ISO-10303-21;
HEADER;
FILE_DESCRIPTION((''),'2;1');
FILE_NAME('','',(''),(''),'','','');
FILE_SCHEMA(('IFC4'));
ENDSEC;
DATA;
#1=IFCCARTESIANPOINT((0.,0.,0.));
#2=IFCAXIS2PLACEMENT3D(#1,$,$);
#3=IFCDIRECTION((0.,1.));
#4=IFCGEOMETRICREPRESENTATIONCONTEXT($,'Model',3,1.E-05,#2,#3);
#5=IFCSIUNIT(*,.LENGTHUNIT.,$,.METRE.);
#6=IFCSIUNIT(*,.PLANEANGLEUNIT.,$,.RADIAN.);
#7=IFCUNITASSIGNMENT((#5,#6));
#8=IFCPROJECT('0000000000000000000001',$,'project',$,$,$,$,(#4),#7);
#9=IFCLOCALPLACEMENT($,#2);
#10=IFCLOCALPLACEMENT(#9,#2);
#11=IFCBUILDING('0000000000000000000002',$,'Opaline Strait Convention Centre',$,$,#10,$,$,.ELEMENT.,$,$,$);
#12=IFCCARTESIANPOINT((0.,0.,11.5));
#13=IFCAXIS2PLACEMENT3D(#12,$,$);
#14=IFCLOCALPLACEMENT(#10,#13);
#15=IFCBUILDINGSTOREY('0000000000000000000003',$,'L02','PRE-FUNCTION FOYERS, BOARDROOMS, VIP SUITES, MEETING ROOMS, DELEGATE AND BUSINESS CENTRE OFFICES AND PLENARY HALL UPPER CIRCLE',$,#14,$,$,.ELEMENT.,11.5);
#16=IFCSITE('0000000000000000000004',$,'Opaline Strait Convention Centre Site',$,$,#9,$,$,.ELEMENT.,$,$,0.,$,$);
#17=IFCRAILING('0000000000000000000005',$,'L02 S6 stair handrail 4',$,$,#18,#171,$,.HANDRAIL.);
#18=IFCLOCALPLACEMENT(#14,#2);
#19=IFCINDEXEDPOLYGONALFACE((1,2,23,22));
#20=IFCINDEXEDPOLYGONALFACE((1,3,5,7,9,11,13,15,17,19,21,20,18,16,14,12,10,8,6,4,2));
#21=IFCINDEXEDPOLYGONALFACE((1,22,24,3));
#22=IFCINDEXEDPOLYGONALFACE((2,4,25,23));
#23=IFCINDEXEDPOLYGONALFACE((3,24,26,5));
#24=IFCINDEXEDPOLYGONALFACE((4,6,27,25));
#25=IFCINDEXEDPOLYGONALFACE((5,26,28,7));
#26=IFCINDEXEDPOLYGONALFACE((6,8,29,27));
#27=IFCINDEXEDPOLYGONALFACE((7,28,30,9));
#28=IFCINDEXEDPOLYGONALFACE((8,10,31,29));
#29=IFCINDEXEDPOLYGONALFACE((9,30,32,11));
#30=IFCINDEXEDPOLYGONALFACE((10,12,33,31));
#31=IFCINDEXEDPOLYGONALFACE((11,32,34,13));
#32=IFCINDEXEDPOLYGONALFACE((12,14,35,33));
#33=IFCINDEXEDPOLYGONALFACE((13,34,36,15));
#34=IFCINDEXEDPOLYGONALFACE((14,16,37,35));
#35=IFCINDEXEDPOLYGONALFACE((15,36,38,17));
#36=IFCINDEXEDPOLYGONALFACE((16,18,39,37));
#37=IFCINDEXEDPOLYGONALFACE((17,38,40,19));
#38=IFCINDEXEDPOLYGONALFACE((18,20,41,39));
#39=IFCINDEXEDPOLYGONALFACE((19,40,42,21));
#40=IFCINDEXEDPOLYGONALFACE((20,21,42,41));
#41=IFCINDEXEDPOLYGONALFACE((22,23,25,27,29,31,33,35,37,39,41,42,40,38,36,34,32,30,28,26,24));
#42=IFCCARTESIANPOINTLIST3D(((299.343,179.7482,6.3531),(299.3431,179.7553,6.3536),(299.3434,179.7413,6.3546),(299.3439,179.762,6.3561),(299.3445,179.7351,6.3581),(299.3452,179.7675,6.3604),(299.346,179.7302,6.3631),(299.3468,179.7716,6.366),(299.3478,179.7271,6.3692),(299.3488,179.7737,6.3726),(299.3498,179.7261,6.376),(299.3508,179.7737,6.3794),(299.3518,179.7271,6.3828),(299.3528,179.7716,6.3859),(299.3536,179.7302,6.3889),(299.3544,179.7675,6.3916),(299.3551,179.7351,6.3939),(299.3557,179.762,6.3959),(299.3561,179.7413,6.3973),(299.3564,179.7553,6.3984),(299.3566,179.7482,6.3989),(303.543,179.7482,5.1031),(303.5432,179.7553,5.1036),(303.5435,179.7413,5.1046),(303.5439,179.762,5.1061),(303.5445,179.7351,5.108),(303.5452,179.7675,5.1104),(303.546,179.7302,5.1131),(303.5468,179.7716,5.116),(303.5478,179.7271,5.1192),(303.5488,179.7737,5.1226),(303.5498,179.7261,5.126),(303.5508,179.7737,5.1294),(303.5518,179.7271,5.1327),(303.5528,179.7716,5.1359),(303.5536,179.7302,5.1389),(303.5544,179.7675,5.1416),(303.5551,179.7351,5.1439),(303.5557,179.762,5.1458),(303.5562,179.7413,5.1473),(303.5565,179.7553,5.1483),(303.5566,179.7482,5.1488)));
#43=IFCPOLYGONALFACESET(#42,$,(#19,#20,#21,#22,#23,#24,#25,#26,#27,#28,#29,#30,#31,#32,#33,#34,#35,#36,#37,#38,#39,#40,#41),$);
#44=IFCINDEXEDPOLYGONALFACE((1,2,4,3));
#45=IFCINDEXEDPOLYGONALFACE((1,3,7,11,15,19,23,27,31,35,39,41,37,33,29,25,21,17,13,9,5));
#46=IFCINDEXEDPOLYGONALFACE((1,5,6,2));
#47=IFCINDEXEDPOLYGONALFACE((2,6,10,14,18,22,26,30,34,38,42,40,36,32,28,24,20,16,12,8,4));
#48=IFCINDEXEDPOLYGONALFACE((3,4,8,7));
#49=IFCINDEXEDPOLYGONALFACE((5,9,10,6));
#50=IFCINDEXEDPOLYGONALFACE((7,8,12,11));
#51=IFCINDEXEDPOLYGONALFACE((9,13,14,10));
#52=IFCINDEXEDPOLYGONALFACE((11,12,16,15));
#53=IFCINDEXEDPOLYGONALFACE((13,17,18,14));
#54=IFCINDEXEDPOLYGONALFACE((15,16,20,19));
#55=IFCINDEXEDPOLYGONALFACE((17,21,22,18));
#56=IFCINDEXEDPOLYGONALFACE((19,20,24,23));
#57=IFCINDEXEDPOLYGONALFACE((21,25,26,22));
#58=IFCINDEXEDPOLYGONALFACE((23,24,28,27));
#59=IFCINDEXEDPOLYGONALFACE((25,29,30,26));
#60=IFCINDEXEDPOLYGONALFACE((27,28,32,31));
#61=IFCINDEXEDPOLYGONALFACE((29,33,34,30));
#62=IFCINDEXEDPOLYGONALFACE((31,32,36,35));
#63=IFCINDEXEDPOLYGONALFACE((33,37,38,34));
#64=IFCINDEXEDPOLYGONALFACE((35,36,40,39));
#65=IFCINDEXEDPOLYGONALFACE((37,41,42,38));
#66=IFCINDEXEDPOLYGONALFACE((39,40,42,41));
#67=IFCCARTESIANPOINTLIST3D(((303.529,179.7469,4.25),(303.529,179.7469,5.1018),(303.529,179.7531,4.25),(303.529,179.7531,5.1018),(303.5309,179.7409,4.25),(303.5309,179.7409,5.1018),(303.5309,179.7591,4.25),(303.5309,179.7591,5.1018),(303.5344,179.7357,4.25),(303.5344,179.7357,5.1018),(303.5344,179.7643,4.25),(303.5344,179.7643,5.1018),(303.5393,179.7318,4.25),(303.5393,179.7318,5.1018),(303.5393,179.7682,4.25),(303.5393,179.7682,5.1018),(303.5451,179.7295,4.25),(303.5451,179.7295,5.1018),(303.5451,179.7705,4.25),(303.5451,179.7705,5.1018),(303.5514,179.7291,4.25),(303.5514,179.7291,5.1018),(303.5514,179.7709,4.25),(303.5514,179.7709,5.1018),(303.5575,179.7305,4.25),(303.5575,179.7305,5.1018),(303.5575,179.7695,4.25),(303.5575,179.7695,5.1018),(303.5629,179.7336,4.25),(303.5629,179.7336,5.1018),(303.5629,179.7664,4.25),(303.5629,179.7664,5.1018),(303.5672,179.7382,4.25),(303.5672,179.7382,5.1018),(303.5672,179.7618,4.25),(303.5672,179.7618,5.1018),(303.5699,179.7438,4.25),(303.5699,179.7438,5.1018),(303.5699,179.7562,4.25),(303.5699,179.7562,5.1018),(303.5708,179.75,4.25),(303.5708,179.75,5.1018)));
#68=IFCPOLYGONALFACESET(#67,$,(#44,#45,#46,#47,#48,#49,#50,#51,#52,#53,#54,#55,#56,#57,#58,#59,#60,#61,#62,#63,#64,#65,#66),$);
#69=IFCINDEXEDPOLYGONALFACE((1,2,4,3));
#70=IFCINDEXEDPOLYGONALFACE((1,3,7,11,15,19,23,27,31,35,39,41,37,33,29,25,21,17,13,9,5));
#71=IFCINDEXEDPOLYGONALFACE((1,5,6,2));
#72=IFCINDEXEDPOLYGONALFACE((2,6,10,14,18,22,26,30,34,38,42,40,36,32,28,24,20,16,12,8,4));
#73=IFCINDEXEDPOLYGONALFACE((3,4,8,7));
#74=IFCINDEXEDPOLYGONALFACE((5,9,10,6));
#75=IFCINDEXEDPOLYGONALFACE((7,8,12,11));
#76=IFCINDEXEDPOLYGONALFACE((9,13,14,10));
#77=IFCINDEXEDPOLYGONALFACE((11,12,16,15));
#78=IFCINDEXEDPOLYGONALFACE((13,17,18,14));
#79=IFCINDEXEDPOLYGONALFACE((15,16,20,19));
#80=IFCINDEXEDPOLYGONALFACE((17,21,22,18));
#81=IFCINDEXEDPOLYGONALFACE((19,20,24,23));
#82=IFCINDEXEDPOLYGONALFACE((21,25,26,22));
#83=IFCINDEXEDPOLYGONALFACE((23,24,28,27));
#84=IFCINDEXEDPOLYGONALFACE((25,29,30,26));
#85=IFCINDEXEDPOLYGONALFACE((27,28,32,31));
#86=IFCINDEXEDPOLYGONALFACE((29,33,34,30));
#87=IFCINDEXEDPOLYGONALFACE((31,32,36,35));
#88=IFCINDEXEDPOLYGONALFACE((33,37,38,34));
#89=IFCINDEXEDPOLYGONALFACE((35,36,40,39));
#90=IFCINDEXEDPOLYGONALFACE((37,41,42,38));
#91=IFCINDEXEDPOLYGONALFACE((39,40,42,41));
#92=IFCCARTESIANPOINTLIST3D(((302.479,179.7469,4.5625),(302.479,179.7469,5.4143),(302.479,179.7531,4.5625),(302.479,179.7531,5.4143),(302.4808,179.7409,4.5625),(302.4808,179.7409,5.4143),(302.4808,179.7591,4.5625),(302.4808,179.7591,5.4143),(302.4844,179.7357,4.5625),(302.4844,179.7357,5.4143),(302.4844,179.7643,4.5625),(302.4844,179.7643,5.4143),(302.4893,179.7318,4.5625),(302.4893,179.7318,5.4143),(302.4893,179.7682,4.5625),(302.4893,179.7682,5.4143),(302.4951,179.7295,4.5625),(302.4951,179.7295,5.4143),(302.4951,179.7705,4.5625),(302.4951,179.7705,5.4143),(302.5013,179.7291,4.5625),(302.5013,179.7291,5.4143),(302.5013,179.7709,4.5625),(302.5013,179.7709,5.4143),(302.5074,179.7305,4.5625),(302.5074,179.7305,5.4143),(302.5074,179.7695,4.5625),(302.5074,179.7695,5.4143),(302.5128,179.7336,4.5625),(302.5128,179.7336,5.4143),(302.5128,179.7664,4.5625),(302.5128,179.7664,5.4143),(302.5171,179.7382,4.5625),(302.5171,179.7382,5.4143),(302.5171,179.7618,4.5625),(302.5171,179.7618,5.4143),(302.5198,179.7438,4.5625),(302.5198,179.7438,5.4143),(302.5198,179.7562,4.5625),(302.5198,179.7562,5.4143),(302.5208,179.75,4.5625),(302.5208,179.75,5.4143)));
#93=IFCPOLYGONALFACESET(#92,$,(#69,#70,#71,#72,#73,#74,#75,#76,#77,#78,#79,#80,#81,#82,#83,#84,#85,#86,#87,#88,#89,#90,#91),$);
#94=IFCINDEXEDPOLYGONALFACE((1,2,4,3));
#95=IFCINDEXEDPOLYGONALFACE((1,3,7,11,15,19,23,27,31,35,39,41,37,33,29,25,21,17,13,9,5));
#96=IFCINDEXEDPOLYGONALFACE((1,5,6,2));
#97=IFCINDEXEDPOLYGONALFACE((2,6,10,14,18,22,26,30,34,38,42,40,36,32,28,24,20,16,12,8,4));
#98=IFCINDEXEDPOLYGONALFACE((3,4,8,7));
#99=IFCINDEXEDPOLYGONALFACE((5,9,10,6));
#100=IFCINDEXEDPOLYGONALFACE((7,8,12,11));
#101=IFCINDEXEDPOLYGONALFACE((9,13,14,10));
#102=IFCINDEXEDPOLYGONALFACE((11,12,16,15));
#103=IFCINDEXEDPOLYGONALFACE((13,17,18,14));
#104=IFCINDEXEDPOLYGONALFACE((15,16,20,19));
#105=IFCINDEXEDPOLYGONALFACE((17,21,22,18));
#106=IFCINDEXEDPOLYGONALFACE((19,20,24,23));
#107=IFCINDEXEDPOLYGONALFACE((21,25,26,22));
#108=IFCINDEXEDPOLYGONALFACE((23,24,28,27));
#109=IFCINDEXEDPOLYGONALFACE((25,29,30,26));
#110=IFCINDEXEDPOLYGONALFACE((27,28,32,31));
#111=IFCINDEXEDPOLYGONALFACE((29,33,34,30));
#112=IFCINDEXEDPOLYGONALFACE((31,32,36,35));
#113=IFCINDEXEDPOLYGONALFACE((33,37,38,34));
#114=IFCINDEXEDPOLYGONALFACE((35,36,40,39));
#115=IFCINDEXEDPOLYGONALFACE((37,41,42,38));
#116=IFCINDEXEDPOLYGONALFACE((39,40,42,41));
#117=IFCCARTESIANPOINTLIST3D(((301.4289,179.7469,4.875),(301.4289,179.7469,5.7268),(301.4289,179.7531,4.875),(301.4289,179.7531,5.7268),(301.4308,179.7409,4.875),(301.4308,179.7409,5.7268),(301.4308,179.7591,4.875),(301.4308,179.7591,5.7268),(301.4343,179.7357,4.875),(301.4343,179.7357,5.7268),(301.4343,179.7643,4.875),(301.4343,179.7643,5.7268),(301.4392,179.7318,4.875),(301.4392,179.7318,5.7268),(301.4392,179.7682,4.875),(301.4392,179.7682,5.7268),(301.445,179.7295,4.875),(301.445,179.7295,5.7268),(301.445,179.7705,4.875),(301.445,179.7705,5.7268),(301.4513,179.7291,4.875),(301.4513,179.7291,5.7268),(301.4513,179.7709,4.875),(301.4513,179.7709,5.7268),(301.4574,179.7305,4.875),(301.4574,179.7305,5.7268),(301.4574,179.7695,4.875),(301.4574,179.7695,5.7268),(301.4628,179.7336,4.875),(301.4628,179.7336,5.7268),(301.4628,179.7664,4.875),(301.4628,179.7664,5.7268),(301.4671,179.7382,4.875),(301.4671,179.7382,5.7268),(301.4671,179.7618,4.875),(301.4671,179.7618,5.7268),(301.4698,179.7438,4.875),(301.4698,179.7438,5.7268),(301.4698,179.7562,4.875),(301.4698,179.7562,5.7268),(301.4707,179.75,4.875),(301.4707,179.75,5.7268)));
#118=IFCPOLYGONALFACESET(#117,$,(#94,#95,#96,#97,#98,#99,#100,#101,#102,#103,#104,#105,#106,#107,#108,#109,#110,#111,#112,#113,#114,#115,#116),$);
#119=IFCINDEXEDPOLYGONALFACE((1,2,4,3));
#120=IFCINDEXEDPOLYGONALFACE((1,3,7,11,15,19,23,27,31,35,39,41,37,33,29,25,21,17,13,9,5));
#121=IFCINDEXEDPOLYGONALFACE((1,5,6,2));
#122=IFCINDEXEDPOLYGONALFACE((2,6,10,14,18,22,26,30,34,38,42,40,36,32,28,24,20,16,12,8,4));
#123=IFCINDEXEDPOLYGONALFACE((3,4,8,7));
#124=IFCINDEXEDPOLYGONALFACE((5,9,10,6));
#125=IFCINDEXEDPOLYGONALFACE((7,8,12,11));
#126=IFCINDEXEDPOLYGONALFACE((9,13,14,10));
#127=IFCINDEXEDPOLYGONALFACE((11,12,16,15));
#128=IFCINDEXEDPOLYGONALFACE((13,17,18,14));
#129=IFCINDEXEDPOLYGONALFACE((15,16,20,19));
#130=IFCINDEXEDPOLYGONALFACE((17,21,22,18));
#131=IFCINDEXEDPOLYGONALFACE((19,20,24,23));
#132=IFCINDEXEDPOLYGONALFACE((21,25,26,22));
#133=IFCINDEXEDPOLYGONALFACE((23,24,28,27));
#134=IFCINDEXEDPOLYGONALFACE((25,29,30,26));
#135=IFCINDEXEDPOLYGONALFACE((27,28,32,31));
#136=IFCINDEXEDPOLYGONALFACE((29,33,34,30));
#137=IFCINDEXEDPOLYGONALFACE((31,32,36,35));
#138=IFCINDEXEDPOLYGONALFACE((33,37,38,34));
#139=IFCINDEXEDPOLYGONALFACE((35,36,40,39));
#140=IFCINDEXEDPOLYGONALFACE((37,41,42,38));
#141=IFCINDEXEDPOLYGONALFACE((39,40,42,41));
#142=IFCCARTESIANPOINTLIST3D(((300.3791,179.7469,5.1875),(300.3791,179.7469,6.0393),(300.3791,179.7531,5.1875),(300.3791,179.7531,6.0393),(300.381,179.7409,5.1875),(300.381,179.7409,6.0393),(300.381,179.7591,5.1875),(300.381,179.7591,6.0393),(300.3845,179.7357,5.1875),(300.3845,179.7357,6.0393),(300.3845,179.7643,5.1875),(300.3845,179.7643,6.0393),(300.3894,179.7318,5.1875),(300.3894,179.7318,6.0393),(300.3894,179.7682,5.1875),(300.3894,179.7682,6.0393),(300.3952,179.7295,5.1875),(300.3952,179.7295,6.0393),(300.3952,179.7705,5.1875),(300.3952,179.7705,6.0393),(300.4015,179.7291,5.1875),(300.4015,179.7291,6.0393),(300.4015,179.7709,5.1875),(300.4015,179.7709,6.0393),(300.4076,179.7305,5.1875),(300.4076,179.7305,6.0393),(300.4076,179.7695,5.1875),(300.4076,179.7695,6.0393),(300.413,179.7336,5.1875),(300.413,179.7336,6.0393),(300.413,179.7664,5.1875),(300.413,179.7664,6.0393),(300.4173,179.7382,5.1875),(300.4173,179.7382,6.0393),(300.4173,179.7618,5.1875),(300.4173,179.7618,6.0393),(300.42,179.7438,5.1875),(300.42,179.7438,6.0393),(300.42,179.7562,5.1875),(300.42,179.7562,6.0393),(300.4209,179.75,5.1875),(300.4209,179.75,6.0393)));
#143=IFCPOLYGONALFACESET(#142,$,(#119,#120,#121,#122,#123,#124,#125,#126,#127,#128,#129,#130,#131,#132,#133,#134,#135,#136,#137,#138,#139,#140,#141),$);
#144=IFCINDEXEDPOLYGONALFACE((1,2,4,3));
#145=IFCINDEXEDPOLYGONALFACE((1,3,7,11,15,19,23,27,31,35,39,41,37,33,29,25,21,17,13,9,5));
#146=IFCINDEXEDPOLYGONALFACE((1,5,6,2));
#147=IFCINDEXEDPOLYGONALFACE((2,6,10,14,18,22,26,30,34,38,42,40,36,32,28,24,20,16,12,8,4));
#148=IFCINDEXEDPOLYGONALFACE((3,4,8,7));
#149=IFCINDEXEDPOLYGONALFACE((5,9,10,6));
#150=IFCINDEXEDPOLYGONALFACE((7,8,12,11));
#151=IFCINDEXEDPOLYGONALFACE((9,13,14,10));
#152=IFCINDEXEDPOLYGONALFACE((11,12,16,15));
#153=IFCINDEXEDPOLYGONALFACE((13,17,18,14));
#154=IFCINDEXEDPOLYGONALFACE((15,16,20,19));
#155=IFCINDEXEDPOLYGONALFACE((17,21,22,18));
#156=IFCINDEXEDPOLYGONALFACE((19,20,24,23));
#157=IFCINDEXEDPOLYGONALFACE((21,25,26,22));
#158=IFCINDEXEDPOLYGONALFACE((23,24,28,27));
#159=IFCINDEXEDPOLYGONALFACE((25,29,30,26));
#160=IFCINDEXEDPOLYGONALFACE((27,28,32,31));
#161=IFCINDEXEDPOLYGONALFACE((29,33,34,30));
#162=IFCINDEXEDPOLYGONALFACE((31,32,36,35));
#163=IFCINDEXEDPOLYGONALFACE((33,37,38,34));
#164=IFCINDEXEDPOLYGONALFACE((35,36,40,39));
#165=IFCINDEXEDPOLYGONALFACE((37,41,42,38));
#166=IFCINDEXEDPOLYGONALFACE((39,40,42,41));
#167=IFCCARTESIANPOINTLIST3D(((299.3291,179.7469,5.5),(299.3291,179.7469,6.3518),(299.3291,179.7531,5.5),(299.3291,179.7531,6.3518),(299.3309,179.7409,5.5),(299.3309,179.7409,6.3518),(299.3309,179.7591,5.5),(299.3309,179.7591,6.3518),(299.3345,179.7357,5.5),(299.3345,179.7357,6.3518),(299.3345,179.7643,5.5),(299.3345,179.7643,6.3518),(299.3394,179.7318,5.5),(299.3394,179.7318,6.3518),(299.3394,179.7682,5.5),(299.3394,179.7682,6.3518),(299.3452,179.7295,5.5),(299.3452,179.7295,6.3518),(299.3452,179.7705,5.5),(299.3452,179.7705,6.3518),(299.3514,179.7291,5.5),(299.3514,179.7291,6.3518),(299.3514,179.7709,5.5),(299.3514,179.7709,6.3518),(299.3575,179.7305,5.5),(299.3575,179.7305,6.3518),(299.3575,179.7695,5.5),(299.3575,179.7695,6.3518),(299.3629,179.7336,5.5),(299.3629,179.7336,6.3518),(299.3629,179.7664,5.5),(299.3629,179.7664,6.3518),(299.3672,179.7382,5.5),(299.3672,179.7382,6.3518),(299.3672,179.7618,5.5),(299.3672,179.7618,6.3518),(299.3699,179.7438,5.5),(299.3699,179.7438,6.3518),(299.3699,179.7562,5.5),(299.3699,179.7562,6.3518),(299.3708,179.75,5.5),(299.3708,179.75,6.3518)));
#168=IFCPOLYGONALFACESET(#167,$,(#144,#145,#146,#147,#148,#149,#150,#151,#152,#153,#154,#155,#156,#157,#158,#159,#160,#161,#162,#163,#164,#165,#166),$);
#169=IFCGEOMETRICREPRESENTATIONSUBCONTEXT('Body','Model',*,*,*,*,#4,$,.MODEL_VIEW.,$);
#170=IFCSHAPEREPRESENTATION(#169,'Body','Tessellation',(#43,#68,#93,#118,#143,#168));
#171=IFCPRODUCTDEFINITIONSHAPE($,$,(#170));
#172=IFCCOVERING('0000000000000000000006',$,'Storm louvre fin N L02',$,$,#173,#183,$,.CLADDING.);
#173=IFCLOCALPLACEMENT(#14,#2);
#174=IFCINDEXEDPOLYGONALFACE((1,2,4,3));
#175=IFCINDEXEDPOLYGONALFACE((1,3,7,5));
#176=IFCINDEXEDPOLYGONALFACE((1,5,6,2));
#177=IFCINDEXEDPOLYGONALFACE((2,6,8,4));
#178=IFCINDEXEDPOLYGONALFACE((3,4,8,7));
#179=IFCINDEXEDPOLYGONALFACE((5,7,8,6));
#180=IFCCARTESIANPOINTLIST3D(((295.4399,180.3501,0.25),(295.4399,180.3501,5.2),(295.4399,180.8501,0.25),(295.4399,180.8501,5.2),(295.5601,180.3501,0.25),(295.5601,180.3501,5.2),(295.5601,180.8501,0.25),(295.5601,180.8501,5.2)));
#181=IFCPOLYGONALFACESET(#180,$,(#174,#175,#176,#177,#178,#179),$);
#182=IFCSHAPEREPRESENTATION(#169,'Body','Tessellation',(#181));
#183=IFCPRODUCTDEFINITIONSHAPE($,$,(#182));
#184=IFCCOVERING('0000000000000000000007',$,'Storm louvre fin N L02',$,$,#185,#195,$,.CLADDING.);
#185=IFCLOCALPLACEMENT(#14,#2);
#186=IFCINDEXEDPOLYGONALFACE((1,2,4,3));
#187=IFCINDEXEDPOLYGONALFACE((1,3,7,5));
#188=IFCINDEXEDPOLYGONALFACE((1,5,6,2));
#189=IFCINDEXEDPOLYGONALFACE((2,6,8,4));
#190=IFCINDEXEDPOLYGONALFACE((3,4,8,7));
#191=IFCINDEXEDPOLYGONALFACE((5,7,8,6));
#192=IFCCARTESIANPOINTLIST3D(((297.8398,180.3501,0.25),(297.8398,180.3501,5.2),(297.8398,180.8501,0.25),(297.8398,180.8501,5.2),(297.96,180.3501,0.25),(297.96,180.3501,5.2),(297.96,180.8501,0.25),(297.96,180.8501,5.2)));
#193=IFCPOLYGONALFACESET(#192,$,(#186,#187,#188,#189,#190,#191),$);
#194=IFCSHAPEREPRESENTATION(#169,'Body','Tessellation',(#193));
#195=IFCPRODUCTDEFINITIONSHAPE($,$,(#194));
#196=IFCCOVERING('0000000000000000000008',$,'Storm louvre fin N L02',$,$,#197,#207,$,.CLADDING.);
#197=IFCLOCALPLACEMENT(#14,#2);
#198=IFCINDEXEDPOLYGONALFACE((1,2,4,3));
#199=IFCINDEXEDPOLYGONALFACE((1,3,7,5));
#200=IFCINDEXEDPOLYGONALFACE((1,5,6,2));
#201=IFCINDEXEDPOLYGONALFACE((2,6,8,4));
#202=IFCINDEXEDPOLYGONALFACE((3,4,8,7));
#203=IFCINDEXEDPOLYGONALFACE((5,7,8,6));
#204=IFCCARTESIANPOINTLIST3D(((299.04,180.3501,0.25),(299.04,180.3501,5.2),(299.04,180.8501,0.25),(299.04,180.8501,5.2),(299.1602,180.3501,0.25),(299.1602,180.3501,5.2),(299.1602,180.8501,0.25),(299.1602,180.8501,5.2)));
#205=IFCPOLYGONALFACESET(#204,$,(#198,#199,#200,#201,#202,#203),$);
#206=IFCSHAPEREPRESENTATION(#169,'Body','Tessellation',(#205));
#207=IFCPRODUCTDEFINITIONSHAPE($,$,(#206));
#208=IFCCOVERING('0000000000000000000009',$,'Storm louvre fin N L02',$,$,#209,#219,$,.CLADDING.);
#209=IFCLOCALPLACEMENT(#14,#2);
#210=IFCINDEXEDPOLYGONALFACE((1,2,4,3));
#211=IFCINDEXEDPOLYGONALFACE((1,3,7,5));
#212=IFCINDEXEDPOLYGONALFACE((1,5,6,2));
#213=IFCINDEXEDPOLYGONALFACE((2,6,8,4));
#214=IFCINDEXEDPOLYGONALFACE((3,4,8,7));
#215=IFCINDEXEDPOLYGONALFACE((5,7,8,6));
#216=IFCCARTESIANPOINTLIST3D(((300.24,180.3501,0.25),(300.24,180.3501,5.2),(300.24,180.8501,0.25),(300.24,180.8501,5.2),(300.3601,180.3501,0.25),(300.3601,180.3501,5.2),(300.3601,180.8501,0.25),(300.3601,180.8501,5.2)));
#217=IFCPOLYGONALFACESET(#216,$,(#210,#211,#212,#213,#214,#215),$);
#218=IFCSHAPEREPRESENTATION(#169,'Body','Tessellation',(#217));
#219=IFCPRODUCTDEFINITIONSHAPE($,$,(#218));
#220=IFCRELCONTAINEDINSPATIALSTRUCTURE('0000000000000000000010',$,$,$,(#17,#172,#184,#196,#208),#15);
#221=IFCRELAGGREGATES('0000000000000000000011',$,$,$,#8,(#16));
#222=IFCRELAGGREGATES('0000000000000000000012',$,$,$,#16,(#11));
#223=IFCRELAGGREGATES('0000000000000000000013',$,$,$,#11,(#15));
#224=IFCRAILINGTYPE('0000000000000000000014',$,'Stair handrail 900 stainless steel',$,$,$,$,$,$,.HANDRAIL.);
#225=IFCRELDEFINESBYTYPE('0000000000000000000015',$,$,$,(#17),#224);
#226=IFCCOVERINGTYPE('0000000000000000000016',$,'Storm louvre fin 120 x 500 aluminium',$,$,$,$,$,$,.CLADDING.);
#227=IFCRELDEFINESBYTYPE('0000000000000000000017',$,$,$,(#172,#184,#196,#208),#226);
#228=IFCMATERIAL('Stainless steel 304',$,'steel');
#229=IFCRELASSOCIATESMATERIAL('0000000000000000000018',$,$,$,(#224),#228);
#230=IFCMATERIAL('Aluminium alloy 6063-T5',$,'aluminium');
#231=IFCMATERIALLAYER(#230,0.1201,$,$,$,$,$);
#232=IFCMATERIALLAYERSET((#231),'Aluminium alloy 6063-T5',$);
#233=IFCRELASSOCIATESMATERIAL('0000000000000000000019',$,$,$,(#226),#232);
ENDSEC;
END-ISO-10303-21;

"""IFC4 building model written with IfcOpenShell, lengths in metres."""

from ifc_helpers import new_model, si_unit, direction, frame, origin, origin_2d, place, context, subcontext, project, spatial, rectangle, circle, extrude, material, layer, layer_set, type_object, element, save


model = new_model("IFC4")

# Units and contexts
model_context = context("Model", 3, precision=1e-05, world=origin(), true_north=direction((0.0, 1.0)))
body_context = subcontext(model_context, "Body", "Model", "MODEL_VIEW")
ifc_project = project(units=[si_unit("LENGTHUNIT", "METRE"), si_unit("PLANEANGLEUNIT", "RADIAN")], contexts=[model_context])

# Site, building, storey
site_placement = place(None, origin())
site = spatial("IfcSite", under=ifc_project, at=site_placement, Name="Opaline Strait Convention Centre Site", CompositionType="ELEMENT", RefElevation=0.0)
building_placement = place(site_placement, origin())
building = spatial("IfcBuilding", under=site, at=building_placement, Name="Opaline Strait Convention Centre", CompositionType="ELEMENT")
storey_placement = place(building_placement, frame((0.0, 0.0, 11.5)))
storey = spatial("IfcBuildingStorey", under=building, at=storey_placement, Name="L02", Description="PRE-FUNCTION FOYERS, BOARDROOMS, VIP SUITES, MEETING ROOMS, DELEGATE AND BUSINESS CENTRE OFFICES AND PLENARY HALL UPPER CIRCLE", CompositionType="ELEMENT", Elevation=11.5)

# Railing
ifc_material_1 = material(Name="Stainless steel 304", Category="steel")
railing_type_1 = type_object("IfcRailingType", Name="Stair handrail 900 stainless steel", PredefinedType="HANDRAIL", material=ifc_material_1)
for number, where, name in (
    (1, (303.5498, 179.75, 4.25), "L02 S6 stair handrail 4"),
):
    element("IfcRailing", number, at=place(storey_placement, frame(where)), inside=storey, type_object=railing_type_1, Name=name, PredefinedType="HANDRAIL", context=body_context, shape_type="SweptSolid", body=[
        extrude(circle(Radius=0.0239, at=origin_2d()), frame((0.0, 0.0, 0.876), z_axis=(-0.958451, 0.0, 0.285257), x_axis=(0.0, -1.0, 0.0)), (0.0, 0.0, 1.0), 4.3821),
        extrude(circle(Radius=0.021, at=origin_2d()), origin(), (0.0, 0.0, 1.0), 0.8518),
        extrude(circle(Radius=0.021, at=origin_2d()), frame((-1.05, 0.0, 0.3125)), (0.0, 0.0, 1.0), 0.8518),
        extrude(circle(Radius=0.021, at=origin_2d()), frame((-2.1001, 0.0, 0.625)), (0.0, 0.0, 1.0), 0.8518),
        extrude(circle(Radius=0.021, at=origin_2d()), frame((-3.1499, 0.0, 0.9375)), (0.0, 0.0, 1.0), 0.8518),
        extrude(circle(Radius=0.021, at=origin_2d()), frame((-4.2, 0.0, 1.25)), (0.0, 0.0, 1.0), 0.8518),
    ])

# Coverings
ifc_material_2 = material(Name="Aluminium alloy 6063-T5", Category="aluminium")
ifc_layer_1 = layer(ifc_material_2, 0.1201)
ifc_layer_set_1 = layer_set([ifc_layer_1], Name="Aluminium alloy 6063-T5")
covering_type = type_object("IfcCoveringType", Name="Storm louvre fin 120 x 500 aluminium", PredefinedType="CLADDING", material=ifc_layer_set_1)
for number, where, z_axis, x_axis, name in (
    (2, (295.5, 180.6001, 0.25), (0.0, 0.0, 1.0), (1.0, 0.0, 0.0), "Storm louvre fin N L02"),
    (3, (297.8999, 180.6001, 0.25), (0.0, 0.0, 1.0), (1.0, 0.0, 0.0), "Storm louvre fin N L02"),
    (4, (299.1001, 180.6001, 0.25), (0.0, 0.0, 1.0), (1.0, 0.0, 0.0), "Storm louvre fin N L02"),
    (5, (300.3, 180.6001, 0.25), (0.0, 0.0, 1.0), (1.0, 0.0, 0.0), "Storm louvre fin N L02"),
):
    element("IfcCovering", number, at=place(storey_placement, frame(where, z_axis=z_axis, x_axis=x_axis)), inside=storey, type_object=covering_type, Name=name, PredefinedType="CLADDING", context=body_context, shape_type="SweptSolid", body=[
        extrude(rectangle(XDim=0.1201, YDim=0.5, at=origin_2d()), origin(), (0.0, 0.0, 1.0), 4.95),
    ])

save(model, "model.ifc")
